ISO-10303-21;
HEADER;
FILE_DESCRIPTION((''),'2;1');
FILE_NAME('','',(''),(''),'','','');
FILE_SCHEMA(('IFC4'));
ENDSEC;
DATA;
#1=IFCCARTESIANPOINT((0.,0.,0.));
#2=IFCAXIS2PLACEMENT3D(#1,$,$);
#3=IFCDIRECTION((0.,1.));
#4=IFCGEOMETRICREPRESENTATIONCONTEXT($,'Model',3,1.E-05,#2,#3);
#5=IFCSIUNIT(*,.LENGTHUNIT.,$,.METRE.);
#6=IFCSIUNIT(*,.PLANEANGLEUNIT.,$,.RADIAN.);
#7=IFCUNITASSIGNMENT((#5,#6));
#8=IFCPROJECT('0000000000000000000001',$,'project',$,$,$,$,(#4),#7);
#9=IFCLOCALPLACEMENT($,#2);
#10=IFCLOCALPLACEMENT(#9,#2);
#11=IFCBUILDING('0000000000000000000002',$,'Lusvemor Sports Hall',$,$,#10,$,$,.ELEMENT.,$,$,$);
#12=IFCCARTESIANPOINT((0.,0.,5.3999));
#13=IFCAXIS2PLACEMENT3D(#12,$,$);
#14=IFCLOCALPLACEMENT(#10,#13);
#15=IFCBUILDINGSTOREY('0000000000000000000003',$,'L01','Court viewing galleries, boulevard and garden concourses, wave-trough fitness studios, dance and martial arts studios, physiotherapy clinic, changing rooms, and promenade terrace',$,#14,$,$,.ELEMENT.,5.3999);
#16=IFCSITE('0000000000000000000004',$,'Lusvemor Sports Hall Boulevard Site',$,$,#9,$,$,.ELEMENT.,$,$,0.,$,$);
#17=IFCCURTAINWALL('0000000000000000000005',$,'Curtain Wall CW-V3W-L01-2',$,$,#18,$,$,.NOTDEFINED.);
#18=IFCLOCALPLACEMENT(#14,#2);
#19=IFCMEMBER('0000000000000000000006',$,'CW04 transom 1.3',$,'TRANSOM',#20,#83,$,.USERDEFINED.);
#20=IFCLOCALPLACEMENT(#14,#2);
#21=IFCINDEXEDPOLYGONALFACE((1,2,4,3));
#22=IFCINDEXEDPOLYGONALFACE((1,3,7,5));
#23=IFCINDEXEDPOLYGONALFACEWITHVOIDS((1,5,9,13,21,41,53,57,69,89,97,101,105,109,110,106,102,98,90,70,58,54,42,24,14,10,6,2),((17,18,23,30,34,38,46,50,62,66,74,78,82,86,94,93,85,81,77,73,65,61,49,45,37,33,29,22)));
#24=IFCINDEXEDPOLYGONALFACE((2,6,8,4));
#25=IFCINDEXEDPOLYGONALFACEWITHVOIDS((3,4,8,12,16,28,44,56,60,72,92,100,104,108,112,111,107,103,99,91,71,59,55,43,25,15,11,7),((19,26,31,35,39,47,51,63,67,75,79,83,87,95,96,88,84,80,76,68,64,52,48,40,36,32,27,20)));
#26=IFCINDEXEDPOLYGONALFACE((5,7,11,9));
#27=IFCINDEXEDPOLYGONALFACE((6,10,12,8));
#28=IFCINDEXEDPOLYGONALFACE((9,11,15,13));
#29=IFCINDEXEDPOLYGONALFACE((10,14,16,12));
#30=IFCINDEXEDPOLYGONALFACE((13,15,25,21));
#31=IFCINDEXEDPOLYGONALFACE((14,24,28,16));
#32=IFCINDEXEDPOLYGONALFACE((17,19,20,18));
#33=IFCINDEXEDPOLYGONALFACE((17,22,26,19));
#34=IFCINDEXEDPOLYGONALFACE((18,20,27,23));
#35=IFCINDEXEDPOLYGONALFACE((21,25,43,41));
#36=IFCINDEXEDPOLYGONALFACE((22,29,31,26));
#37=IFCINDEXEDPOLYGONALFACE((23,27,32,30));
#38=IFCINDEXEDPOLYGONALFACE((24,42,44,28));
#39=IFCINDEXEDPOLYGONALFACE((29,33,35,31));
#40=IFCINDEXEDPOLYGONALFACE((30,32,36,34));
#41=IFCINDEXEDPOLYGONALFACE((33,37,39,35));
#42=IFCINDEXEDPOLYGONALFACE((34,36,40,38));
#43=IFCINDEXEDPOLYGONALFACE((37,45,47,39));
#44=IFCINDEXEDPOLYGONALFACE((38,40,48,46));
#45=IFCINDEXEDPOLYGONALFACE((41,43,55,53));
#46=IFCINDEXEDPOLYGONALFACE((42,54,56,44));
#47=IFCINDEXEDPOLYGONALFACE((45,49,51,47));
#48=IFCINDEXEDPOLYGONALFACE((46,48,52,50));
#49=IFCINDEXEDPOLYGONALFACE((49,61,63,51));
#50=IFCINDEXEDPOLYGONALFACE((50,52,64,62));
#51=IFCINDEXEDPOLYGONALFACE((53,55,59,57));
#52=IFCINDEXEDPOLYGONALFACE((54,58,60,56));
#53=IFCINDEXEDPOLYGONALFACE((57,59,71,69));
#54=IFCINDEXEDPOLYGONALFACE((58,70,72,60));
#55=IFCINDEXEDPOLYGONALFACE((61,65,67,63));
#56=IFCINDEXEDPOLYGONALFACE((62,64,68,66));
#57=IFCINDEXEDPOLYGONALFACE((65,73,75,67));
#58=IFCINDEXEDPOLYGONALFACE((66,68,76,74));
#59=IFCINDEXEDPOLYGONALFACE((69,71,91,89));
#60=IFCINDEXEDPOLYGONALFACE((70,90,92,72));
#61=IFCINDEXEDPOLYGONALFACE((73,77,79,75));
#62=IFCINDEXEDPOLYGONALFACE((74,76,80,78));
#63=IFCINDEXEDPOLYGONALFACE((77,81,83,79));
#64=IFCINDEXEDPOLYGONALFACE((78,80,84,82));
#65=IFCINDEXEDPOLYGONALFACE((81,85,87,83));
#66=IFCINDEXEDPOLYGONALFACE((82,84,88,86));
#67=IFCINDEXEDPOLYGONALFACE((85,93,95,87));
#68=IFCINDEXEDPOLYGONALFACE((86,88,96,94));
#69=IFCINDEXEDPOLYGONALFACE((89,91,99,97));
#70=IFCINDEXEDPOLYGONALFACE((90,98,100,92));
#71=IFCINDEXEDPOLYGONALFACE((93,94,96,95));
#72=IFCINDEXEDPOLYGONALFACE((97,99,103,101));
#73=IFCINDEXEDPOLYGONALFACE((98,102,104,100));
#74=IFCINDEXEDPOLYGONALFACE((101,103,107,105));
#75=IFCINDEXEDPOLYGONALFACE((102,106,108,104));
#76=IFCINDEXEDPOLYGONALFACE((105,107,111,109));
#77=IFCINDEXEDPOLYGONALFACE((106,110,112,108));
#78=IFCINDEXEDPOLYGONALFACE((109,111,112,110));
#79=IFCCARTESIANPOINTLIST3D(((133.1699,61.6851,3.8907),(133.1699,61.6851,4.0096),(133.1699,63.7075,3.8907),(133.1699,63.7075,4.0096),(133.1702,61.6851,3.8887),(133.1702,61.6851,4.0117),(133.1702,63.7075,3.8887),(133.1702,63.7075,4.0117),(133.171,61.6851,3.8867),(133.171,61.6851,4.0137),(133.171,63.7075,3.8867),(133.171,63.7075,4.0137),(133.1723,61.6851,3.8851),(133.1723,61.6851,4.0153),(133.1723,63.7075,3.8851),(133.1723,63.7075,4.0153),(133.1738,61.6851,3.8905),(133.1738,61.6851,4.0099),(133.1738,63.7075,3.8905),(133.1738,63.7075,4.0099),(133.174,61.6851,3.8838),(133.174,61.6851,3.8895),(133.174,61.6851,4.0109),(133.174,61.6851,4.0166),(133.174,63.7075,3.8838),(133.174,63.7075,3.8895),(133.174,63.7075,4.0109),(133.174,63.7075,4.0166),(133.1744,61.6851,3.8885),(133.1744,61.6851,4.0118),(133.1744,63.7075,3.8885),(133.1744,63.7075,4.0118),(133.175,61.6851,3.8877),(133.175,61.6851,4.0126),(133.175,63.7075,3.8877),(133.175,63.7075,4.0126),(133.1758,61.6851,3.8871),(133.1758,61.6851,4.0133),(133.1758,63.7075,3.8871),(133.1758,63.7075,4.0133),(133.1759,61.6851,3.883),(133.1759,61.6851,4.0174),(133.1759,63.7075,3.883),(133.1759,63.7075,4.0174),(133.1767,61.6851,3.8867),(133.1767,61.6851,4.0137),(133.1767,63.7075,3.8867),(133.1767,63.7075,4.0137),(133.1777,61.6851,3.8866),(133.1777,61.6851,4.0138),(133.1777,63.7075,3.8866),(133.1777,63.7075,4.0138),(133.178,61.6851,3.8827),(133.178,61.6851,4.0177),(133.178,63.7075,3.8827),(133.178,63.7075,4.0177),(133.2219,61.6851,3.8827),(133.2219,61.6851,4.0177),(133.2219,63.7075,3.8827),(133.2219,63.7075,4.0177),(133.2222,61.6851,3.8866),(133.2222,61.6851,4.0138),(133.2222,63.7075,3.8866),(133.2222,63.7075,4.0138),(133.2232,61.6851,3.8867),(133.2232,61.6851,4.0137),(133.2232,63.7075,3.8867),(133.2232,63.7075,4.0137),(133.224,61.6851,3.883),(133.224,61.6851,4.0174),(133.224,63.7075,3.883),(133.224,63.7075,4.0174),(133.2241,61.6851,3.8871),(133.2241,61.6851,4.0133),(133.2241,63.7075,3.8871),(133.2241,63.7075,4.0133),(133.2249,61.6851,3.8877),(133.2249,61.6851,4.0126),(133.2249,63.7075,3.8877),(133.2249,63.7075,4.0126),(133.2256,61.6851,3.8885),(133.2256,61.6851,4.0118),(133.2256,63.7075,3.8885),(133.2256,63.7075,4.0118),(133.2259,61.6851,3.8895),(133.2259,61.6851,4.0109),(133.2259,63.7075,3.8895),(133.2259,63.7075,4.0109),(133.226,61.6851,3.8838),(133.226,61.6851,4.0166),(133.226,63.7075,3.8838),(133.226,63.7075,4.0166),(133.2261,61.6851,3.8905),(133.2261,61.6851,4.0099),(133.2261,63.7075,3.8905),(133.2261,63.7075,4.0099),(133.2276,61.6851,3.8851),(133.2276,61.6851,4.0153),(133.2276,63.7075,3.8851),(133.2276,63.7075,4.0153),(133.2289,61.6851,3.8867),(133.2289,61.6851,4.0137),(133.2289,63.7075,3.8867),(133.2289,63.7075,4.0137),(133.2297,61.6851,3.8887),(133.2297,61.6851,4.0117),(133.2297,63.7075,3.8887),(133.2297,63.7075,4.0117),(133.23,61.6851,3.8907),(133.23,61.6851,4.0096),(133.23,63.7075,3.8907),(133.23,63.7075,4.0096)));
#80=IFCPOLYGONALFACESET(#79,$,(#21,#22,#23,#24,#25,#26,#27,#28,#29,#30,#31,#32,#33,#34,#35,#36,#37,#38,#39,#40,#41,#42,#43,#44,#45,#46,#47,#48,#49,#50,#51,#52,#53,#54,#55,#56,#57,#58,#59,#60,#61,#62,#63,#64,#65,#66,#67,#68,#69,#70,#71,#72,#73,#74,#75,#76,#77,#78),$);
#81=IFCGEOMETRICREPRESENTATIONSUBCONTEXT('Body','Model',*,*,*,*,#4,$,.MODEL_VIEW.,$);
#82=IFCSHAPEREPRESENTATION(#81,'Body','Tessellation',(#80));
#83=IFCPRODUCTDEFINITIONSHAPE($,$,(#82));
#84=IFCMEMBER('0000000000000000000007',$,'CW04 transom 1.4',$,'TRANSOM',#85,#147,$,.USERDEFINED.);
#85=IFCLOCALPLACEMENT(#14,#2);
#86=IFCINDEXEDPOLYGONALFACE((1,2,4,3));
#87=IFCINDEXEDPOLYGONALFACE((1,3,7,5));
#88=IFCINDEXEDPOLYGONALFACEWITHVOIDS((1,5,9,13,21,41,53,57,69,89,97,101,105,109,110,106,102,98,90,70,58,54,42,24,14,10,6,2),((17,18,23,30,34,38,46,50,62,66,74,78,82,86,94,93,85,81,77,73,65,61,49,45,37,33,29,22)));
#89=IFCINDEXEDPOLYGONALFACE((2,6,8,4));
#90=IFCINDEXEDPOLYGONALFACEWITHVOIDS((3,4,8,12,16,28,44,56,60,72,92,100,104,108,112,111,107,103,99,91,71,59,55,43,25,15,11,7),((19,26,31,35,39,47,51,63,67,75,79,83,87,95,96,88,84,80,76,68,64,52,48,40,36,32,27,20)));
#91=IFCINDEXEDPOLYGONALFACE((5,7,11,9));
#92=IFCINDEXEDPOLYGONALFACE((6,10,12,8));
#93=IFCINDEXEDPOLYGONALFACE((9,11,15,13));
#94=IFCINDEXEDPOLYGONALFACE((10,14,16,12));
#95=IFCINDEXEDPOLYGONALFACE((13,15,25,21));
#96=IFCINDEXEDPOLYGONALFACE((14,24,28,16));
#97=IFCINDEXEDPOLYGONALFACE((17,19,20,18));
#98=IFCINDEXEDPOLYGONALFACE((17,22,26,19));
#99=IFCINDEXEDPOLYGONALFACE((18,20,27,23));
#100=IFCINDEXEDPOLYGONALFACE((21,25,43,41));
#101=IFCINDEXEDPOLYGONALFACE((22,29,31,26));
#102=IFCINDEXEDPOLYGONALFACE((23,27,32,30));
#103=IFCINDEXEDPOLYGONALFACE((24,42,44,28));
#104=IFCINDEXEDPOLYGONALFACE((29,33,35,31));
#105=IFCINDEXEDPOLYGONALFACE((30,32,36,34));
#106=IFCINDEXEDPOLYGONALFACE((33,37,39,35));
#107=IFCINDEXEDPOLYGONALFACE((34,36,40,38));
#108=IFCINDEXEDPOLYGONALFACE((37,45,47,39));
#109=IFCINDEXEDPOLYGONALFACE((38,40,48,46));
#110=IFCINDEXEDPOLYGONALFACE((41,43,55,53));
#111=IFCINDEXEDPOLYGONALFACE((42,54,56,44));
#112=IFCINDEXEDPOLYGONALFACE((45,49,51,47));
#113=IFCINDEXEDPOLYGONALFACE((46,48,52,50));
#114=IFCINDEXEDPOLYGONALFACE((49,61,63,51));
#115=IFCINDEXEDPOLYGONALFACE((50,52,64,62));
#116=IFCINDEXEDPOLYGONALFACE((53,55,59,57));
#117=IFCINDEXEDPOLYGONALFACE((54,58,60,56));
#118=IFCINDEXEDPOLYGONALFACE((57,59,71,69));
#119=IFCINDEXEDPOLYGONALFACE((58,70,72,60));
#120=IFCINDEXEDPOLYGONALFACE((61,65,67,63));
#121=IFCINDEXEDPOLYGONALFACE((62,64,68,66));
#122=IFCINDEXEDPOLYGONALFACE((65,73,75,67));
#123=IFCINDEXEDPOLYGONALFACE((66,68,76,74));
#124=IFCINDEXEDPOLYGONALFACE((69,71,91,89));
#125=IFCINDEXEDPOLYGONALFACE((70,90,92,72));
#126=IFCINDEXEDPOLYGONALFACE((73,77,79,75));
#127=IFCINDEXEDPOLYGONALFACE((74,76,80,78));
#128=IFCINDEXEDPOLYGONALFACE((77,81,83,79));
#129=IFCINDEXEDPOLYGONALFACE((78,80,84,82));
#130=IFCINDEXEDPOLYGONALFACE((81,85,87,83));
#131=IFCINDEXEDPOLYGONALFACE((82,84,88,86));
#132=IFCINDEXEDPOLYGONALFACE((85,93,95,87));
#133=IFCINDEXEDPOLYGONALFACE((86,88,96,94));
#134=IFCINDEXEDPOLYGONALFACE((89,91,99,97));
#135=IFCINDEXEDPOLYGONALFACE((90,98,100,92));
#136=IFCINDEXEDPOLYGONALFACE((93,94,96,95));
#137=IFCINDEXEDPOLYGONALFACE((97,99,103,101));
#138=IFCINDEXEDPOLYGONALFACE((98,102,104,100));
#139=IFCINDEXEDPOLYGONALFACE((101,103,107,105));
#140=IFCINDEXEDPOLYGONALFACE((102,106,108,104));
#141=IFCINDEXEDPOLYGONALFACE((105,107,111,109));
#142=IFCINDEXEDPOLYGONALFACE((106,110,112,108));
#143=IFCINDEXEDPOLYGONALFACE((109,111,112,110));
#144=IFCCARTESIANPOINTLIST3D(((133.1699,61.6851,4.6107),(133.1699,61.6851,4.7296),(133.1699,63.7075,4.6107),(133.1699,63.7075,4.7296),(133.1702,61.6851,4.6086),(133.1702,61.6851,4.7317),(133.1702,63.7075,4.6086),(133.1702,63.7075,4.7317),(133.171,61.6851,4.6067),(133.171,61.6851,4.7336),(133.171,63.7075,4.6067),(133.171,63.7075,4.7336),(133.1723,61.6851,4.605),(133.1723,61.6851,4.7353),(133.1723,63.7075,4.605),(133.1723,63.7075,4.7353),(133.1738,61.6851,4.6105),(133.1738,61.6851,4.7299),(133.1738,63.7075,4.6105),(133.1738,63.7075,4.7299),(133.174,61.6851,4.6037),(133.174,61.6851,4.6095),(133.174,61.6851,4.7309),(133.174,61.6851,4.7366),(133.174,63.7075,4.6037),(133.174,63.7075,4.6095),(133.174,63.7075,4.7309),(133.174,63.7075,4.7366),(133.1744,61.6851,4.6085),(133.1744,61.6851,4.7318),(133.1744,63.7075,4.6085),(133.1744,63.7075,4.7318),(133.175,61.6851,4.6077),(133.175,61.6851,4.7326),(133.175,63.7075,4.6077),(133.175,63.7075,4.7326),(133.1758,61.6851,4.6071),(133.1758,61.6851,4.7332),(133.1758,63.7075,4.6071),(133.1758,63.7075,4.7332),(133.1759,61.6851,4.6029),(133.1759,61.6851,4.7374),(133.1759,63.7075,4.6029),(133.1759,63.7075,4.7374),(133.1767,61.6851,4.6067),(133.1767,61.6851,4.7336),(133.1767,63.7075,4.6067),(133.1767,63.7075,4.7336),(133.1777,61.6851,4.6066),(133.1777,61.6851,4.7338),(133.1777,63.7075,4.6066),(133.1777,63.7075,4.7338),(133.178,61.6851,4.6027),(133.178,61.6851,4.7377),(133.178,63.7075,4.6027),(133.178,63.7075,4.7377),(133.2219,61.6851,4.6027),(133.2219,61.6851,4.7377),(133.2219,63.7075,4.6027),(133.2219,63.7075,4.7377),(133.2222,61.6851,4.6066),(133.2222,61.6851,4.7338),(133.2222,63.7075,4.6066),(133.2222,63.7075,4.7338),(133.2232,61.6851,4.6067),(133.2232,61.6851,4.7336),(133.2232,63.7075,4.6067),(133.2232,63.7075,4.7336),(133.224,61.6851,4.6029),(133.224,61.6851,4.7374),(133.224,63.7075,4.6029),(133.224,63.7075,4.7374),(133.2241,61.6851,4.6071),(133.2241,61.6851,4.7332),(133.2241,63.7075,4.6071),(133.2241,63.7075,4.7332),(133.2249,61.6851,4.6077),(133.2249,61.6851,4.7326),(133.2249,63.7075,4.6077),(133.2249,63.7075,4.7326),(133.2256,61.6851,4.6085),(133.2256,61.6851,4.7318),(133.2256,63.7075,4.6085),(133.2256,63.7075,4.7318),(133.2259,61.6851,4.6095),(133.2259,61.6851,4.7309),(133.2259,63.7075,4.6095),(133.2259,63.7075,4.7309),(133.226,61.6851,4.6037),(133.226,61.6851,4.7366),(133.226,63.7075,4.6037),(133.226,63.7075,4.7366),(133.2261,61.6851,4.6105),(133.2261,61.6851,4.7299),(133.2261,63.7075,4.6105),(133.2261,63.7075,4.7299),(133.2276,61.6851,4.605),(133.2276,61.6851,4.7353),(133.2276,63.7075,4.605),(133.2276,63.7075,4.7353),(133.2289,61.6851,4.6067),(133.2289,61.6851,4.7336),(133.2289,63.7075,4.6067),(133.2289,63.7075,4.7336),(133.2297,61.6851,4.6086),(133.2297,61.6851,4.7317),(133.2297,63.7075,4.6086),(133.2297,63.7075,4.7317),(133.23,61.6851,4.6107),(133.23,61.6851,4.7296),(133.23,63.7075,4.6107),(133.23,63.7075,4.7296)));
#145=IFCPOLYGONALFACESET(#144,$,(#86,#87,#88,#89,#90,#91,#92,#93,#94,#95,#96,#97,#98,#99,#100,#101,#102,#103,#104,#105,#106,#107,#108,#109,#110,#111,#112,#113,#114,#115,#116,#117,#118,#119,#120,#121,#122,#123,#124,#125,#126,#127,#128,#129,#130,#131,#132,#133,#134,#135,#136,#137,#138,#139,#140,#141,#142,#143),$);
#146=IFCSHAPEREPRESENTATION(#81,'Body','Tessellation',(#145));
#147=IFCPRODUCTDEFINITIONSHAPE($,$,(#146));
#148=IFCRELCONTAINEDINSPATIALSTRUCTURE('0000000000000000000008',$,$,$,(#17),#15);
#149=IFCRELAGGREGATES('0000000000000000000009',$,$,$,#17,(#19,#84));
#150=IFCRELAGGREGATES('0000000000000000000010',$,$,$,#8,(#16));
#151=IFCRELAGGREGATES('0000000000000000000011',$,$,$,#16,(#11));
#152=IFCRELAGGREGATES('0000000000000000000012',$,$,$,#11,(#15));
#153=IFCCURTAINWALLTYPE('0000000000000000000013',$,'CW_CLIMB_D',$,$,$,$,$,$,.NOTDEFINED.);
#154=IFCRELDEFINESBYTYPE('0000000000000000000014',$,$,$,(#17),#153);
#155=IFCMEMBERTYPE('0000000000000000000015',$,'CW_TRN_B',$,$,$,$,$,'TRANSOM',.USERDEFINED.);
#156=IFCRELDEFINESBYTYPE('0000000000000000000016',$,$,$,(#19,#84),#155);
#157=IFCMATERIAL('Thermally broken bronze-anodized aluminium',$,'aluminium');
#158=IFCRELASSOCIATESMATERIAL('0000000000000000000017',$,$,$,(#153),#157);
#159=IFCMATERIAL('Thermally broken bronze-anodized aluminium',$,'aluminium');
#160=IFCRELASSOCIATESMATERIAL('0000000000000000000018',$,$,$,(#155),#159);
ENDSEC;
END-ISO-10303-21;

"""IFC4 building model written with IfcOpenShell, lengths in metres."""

from ifc_helpers import new_model, si_unit, direction, frame, origin, origin_2d, place, context, subcontext, project, spatial, hollow_rectangle, extrude, material, material_profile, profile_set, type_object, element, aggregate, save


model = new_model("IFC4")

# Units and contexts
model_context = context("Model", 3, precision=1e-05, world=origin(), true_north=direction((0.0, 1.0)))
body_context = subcontext(model_context, "Body", "Model", "MODEL_VIEW")
ifc_project = project(units=[si_unit("LENGTHUNIT", "METRE"), si_unit("PLANEANGLEUNIT", "RADIAN")], contexts=[model_context])

# Site, building, storey
site_placement = place(None, origin())
site = spatial("IfcSite", under=ifc_project, at=site_placement, Name="Lusvemor Sports Hall Boulevard Site", CompositionType="ELEMENT", RefElevation=0.0)
building_placement = place(site_placement, origin())
building = spatial("IfcBuilding", under=site, at=building_placement, Name="Lusvemor Sports Hall", CompositionType="ELEMENT")
storey_placement = place(building_placement, frame((0.0, 0.0, 5.3999)))
storey = spatial("IfcBuildingStorey", under=building, at=storey_placement, Name="L01", Description="Court viewing galleries, boulevard and garden concourses, wave-trough fitness studios, dance and martial arts studios, physiotherapy clinic, changing rooms, and promenade terrace", CompositionType="ELEMENT", Elevation=5.3999)

# Shared definitions
ifc_material_1 = material(Name="Thermally broken bronze-anodized aluminium", Category="aluminium")
curtain_wall_type = type_object("IfcCurtainWallType", Name="CW_CLIMB_D", PredefinedType="NOTDEFINED", material=ifc_material_1)

# Curtain wall, members
curtain_wall_1_placement = place(storey_placement, origin())
curtain_wall_1 = element("IfcCurtainWall", 1, at=curtain_wall_1_placement, inside=storey, type_object=curtain_wall_type, Name="Curtain Wall CW-V3W-L01-2", PredefinedType="NOTDEFINED")
ifc_material_2 = material(Name="Thermally broken bronze-anodized aluminium", Category="aluminium")
ifc_material_profile_1 = material_profile(ifc_material_2, hollow_rectangle(XDim=0.0601, YDim=0.135, WallThickness=0.0039, InnerFilletRadius=0.0039, OuterFilletRadius=0.0081, at=origin_2d()), Name="CWTRN135x60x4")
ifc_profile_set_1 = profile_set([ifc_material_profile_1], Name="Thermally broken bronze-anodized aluminium")
member_type_1 = type_object("IfcMemberType", Name="CW_TRN_B", ElementType="TRANSOM", PredefinedType="USERDEFINED", material=ifc_profile_set_1)
member_1_placement = place(storey_placement, frame((133.2, 61.6851, 3.9502), z_axis=(0.0, 1.0, 0.0), x_axis=(-1.0, 0.0, 0.0)))
member_1 = element("IfcMember", 2, at=member_1_placement, type_object=member_type_1, Name="CW04 transom 1.3", ObjectType="TRANSOM", PredefinedType="USERDEFINED", context=body_context, shape_type="SweptSolid", body=[
    extrude(hollow_rectangle(XDim=0.0601, YDim=0.135, WallThickness=0.0039, InnerFilletRadius=0.0039, OuterFilletRadius=0.0081, at=origin_2d()), origin(), (0.0, 0.0, 1.0), 2.0225),
])
member_2_placement = place(storey_placement, frame((133.2, 61.6851, 4.6702), z_axis=(0.0, 1.0, 0.0), x_axis=(-1.0, 0.0, 0.0)))
member_2 = element("IfcMember", 3, at=member_2_placement, type_object=member_type_1, Name="CW04 transom 1.4", ObjectType="TRANSOM", PredefinedType="USERDEFINED", context=body_context, shape_type="SweptSolid", body=[
    extrude(hollow_rectangle(XDim=0.0601, YDim=0.135, WallThickness=0.0039, InnerFilletRadius=0.0039, OuterFilletRadius=0.0081, at=origin_2d()), origin(), (0.0, 0.0, 1.0), 2.0225),
])

aggregate(curtain_wall_1, [member_1, member_2])

save(model, "model.ifc")
